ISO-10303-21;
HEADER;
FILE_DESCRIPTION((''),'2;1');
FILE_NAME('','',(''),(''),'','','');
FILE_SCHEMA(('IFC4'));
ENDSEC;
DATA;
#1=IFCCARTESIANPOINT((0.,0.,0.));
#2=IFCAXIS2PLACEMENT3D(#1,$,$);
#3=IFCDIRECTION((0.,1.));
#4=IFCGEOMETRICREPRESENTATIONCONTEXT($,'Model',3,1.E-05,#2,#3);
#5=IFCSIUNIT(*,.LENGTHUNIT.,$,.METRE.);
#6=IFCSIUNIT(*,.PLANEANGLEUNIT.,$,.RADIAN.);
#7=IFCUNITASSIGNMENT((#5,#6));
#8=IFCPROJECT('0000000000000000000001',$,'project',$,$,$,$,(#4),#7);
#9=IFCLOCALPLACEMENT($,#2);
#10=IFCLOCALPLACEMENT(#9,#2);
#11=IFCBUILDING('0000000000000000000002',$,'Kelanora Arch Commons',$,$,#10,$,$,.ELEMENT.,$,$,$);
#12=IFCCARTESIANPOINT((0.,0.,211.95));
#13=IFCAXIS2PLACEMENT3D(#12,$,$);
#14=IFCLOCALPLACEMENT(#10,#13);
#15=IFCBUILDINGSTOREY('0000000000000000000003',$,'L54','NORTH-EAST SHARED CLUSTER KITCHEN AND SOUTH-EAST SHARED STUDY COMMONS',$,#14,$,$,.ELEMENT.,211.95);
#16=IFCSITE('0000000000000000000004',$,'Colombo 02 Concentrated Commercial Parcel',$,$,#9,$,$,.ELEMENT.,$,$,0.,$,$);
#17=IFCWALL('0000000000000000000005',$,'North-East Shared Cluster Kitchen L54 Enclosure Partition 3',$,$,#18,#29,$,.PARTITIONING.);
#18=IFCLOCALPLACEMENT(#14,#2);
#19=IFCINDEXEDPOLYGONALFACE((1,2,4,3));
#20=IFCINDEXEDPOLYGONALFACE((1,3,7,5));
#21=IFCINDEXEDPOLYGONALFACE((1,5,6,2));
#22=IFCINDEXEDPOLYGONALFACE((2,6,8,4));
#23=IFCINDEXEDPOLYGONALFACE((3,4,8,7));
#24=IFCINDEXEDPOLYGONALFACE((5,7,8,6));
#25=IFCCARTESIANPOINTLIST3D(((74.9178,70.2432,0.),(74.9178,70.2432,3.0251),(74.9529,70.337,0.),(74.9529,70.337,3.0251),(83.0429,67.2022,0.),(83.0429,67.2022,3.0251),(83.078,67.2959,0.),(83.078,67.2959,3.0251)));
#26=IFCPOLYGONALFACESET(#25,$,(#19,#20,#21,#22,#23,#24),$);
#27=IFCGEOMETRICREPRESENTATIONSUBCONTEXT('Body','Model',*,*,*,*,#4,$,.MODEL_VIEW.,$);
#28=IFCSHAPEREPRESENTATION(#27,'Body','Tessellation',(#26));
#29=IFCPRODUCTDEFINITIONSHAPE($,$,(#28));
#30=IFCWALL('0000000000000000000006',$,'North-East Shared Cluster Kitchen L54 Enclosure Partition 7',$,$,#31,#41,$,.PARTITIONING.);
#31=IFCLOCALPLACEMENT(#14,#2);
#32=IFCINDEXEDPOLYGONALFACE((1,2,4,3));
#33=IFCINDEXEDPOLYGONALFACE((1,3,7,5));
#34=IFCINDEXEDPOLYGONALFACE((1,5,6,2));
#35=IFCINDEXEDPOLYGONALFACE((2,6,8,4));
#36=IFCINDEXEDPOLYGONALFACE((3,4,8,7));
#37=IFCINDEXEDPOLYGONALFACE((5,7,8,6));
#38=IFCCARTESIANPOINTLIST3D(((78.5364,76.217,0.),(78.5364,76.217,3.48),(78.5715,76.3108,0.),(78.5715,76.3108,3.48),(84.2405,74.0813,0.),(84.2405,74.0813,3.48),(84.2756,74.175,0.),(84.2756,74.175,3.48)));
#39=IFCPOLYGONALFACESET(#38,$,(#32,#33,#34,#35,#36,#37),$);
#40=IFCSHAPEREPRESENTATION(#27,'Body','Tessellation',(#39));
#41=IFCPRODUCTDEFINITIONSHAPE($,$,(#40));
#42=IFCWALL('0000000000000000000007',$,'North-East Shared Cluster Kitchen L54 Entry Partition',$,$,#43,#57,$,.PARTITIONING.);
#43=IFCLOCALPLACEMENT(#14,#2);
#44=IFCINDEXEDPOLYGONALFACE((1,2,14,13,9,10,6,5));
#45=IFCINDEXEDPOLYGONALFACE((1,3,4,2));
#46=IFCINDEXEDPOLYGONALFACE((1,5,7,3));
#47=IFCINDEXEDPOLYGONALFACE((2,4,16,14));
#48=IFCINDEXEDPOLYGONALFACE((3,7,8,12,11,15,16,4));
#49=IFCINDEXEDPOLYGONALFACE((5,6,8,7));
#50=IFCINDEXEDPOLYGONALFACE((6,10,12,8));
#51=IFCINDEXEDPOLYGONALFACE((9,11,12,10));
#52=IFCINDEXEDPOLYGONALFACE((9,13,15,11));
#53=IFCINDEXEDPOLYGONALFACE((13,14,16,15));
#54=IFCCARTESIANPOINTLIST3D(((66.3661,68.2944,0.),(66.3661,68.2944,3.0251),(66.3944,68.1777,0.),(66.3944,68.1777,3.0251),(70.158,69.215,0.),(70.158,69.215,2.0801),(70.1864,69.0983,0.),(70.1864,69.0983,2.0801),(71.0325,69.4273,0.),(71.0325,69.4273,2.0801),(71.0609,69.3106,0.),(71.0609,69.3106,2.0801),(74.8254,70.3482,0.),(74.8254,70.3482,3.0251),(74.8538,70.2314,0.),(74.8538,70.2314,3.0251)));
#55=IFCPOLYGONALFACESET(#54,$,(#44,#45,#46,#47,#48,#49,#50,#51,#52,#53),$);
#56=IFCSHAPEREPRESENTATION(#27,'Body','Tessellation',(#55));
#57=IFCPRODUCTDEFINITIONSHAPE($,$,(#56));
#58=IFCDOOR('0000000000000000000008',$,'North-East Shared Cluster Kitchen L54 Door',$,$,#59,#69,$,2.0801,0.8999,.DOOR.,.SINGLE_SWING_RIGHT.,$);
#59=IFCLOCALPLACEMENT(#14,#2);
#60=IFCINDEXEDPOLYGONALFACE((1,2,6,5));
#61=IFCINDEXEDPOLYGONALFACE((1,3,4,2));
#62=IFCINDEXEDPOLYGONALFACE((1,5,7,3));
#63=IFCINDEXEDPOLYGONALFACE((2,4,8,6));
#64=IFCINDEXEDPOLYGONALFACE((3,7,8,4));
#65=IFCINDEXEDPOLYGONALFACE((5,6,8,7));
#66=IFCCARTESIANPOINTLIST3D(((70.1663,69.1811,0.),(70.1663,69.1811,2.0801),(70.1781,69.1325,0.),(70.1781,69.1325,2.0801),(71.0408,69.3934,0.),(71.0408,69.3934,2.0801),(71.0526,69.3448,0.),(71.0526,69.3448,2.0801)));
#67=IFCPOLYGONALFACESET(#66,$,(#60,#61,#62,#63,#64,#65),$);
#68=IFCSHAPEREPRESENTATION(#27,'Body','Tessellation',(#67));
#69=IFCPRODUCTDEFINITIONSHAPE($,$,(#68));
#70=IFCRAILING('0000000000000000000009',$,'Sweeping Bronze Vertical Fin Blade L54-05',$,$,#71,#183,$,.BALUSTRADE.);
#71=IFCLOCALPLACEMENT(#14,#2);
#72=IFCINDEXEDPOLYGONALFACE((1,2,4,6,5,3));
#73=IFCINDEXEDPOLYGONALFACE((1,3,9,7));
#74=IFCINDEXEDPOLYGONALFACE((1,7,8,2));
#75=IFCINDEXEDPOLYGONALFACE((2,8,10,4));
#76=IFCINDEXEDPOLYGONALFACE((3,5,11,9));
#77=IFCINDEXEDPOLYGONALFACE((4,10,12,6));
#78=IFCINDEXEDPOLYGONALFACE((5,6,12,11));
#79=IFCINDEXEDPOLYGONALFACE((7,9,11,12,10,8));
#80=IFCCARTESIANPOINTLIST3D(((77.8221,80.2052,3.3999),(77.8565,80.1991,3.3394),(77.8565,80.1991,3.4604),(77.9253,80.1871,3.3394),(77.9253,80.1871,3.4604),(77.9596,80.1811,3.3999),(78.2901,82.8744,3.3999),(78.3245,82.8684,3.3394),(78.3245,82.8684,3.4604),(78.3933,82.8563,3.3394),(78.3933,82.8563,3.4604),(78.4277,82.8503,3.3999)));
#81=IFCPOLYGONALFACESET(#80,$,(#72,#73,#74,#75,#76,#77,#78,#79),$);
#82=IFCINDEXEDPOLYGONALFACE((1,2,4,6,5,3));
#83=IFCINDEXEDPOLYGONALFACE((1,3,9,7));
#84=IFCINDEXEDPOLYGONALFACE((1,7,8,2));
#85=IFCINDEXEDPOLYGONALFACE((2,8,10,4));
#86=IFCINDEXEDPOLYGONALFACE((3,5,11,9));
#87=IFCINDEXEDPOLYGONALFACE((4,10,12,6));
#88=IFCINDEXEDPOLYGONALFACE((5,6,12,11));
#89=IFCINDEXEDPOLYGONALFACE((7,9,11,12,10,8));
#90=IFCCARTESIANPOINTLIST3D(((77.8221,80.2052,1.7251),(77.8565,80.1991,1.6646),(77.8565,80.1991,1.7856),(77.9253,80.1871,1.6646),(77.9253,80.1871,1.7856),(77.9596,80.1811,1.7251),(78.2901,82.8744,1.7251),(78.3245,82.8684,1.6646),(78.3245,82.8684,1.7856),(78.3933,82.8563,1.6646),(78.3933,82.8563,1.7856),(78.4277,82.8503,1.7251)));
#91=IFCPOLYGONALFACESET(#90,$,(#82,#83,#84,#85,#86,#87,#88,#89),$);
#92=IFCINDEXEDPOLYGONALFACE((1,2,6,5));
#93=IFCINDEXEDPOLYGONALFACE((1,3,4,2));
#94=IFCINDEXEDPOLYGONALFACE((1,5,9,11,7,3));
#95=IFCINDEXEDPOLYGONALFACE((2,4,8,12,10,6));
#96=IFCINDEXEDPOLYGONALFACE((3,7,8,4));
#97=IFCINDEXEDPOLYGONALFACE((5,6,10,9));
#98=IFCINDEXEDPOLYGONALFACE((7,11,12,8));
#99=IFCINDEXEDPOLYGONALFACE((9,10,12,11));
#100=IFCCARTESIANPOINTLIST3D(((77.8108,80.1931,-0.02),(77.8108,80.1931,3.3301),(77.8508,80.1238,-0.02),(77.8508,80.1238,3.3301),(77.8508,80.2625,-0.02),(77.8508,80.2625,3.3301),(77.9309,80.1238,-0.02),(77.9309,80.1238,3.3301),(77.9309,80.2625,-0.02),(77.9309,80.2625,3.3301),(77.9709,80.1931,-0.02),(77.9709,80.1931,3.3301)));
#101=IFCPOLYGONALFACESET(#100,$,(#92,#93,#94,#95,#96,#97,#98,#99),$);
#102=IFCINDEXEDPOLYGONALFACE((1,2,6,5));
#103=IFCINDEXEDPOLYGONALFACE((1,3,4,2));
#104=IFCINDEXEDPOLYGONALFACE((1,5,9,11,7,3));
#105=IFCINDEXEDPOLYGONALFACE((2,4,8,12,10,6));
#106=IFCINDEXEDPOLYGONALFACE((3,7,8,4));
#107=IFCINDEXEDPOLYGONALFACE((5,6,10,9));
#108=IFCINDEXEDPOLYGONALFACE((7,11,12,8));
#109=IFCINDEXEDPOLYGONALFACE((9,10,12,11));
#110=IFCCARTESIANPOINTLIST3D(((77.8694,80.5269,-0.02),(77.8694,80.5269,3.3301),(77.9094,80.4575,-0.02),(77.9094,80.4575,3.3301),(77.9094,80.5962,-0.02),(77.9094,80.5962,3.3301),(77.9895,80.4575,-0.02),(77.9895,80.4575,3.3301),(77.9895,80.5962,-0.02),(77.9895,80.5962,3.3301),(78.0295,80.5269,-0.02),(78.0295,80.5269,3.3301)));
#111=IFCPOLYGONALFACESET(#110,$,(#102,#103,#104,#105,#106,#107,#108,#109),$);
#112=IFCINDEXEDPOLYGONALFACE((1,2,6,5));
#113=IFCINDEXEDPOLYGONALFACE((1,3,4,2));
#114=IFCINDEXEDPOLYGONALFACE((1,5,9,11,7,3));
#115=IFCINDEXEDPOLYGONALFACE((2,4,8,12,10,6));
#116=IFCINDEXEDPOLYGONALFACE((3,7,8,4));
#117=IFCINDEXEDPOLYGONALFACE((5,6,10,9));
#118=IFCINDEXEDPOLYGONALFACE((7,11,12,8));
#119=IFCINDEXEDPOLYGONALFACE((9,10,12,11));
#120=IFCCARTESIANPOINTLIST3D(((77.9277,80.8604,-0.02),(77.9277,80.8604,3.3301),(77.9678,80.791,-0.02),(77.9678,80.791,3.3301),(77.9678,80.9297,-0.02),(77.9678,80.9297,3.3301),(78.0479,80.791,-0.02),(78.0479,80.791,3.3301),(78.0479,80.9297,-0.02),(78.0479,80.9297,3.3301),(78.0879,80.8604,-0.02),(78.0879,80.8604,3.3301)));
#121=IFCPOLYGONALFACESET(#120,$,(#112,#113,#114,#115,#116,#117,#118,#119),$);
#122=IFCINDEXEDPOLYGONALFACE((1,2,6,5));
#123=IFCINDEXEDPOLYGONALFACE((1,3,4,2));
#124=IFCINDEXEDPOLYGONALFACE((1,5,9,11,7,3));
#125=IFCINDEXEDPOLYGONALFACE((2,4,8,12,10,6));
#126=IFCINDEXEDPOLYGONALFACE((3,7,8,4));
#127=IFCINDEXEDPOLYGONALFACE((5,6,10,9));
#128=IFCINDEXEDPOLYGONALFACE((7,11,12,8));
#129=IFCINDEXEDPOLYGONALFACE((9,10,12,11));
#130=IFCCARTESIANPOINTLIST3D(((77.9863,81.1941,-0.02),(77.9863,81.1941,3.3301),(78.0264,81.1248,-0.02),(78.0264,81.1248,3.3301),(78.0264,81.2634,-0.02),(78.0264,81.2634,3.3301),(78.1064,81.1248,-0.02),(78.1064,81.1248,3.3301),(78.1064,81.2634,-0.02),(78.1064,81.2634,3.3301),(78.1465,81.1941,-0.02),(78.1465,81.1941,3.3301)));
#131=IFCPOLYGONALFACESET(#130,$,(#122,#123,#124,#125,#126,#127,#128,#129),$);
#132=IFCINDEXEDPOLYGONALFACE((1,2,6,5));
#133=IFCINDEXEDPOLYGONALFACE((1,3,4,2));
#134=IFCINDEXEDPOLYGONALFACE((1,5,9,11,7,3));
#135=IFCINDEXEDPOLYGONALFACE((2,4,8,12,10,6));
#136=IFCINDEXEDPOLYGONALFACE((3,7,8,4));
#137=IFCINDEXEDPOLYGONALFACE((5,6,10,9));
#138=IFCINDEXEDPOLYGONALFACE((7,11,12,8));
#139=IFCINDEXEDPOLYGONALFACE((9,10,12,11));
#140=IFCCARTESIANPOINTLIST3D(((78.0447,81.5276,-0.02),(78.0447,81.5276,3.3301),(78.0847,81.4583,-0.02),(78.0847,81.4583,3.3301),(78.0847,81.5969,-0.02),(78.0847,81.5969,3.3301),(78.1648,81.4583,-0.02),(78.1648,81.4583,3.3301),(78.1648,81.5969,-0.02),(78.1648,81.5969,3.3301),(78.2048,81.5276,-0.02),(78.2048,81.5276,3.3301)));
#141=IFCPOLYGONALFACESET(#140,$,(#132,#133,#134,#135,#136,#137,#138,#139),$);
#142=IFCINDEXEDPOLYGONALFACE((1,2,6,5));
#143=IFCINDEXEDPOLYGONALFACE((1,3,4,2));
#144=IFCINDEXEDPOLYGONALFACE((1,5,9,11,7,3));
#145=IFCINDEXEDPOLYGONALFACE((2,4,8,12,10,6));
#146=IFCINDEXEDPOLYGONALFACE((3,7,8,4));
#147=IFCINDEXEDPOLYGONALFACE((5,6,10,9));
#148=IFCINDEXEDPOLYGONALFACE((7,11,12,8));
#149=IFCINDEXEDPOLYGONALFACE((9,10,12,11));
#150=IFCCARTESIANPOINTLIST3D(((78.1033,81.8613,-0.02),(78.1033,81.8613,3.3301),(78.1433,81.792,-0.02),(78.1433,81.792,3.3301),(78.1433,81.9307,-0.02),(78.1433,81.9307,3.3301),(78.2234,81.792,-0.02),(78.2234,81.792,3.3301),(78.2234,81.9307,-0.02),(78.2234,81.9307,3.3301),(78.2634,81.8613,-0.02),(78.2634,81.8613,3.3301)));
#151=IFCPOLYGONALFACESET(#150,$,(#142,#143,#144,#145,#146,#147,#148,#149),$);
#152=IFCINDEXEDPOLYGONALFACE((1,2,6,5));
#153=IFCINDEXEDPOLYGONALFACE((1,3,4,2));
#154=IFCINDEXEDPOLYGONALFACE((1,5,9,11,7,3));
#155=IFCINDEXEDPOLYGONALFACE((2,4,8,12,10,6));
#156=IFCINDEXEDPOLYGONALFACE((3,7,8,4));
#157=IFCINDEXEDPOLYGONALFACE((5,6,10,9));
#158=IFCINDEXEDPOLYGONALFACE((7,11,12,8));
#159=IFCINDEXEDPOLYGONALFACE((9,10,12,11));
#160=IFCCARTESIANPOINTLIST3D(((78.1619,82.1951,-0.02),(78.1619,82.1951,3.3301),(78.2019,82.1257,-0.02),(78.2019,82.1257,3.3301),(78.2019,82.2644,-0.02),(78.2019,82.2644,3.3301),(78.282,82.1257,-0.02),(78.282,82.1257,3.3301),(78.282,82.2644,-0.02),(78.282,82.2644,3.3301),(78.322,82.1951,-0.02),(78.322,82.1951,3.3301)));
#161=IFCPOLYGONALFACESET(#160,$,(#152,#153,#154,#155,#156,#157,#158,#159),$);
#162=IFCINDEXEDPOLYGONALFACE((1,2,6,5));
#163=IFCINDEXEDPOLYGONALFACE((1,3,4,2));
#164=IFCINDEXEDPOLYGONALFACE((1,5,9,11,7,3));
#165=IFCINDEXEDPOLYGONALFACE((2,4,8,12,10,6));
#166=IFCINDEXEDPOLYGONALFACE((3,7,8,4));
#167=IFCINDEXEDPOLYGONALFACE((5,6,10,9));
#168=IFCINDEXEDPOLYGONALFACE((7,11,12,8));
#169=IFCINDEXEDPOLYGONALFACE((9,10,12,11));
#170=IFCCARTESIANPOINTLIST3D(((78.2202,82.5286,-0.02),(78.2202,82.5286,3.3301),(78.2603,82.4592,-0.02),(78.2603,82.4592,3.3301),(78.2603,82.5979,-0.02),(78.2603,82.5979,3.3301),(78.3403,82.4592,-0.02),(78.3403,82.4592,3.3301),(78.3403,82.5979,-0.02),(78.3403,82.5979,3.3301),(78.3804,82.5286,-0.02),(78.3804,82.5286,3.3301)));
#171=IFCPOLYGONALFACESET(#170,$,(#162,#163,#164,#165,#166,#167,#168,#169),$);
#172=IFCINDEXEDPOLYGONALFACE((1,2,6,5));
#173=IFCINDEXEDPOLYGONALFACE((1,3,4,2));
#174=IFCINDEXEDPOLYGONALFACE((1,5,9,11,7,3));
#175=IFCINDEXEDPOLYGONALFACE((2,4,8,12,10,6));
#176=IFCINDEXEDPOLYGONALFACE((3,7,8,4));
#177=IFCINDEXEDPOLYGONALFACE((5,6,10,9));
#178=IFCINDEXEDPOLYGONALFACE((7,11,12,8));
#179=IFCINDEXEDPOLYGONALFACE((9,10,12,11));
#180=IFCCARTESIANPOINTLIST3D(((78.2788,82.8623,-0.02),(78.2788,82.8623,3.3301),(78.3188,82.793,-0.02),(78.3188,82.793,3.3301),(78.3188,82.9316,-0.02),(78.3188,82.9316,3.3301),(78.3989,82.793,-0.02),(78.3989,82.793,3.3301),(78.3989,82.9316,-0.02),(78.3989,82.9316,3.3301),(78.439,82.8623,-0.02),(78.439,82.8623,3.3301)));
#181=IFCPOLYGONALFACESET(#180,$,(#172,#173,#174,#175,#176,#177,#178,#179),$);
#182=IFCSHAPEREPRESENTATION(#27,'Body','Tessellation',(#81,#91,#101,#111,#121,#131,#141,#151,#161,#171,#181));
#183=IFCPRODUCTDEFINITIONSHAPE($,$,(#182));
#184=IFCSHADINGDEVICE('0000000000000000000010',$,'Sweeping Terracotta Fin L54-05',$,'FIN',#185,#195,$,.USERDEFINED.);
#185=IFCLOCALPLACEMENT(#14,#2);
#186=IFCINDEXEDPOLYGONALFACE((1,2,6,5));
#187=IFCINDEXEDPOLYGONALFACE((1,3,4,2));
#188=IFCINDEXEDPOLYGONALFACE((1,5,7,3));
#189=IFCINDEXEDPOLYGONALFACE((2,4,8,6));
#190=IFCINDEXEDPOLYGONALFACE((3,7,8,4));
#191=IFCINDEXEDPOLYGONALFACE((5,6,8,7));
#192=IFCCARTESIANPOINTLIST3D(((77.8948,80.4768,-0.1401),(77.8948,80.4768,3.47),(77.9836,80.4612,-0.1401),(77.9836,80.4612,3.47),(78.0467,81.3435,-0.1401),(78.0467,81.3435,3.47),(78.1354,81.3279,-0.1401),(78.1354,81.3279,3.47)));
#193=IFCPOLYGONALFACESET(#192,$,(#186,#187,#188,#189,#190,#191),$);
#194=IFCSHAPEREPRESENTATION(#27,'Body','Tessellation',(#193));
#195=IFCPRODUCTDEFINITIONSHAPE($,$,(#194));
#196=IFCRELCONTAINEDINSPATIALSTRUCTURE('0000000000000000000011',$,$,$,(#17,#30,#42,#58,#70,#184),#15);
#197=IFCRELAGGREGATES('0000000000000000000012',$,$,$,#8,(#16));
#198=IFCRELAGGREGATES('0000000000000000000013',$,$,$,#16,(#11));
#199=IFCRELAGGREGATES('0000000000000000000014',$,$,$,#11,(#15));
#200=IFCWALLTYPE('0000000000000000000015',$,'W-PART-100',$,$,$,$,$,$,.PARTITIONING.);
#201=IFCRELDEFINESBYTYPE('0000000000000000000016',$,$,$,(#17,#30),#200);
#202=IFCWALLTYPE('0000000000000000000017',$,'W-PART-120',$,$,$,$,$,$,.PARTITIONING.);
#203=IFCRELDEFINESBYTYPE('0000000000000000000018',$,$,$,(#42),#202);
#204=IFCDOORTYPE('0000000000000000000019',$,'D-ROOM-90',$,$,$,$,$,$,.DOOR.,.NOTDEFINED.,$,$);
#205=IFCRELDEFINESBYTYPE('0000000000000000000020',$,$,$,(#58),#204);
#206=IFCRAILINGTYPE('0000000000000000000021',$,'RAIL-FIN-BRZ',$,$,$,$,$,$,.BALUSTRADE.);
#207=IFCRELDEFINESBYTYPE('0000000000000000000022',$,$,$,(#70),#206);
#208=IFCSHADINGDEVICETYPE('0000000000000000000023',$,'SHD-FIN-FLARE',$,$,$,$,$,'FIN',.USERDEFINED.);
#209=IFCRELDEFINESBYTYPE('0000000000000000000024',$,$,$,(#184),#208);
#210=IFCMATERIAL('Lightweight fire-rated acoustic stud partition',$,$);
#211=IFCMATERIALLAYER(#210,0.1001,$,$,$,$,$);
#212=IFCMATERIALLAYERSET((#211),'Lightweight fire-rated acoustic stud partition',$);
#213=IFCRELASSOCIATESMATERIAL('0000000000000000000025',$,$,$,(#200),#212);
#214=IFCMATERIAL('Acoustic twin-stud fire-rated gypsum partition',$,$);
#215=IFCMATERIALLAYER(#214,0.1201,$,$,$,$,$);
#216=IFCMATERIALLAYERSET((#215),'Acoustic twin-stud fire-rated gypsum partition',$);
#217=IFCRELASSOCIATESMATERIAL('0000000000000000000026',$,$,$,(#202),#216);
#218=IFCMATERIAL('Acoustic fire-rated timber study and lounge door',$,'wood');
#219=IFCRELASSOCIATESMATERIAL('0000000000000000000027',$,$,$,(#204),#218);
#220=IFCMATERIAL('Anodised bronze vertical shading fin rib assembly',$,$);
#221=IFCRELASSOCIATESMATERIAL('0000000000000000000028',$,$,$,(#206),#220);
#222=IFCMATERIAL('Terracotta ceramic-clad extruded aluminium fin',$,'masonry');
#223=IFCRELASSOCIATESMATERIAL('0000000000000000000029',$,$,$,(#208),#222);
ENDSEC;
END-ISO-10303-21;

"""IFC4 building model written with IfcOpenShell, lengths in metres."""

from ifc_helpers import new_model, si_unit, direction, frame, frame_2d, origin, origin_2d, place, context, subcontext, project, spatial, polyline, rectangle, outline, extrude, source, transform, mapped, material, layer, layer_set, type_object, element, fill, save


model = new_model("IFC4")

# Units and contexts
model_context = context("Model", 3, precision=1e-05, world=origin(), true_north=direction((0.0, 1.0)))
body_context = subcontext(model_context, "Body", "Model", "MODEL_VIEW")
ifc_project = project(units=[si_unit("LENGTHUNIT", "METRE"), si_unit("PLANEANGLEUNIT", "RADIAN")], contexts=[model_context])

# Site, building, storey
site_placement = place(None, origin())
site = spatial("IfcSite", under=ifc_project, at=site_placement, Name="Colombo 02 Concentrated Commercial Parcel", CompositionType="ELEMENT", RefElevation=0.0)
building_placement = place(site_placement, origin())
building = spatial("IfcBuilding", under=site, at=building_placement, Name="Kelanora Arch Commons", CompositionType="ELEMENT")
storey_placement = place(building_placement, frame((0.0, 0.0, 211.95)))
storey = spatial("IfcBuildingStorey", under=building, at=storey_placement, Name="L54", Description="NORTH-EAST SHARED CLUSTER KITCHEN AND SOUTH-EAST SHARED STUDY COMMONS", CompositionType="ELEMENT", Elevation=211.95)

# Walls
ifc_material_1 = material(Name="Lightweight fire-rated acoustic stud partition")
ifc_layer_1 = layer(ifc_material_1, 0.1001)
ifc_layer_set_1 = layer_set([ifc_layer_1], Name="Lightweight fire-rated acoustic stud partition")
wall_type_1 = type_object("IfcWallType", Name="W-PART-100", PredefinedType="PARTITIONING", material=ifc_layer_set_1)
wall_1_placement = place(storey_placement, frame((83.0605, 67.249, 0.0), z_axis=(0.0, 0.0, 1.0), x_axis=(-0.936551, 0.350531, 0.0)))
element("IfcWall", 1, at=wall_1_placement, inside=storey, type_object=wall_type_1, Name="North-East Shared Cluster Kitchen L54 Enclosure Partition 3", PredefinedType="PARTITIONING", context=body_context, shape_type="SweptSolid", body=[
    extrude(rectangle(XDim=8.6755, YDim=0.1001, at=frame_2d((4.3379, 0.0))), origin(), (0.0, 0.0, 1.0), 3.0251),
])
wall_2_placement = place(storey_placement, frame((78.554, 76.2639, 0.0), z_axis=(0.0, 0.0, 1.0), x_axis=(0.936507, -0.350649, 0.0)))
element("IfcWall", 2, at=wall_2_placement, inside=storey, type_object=wall_type_1, Name="North-East Shared Cluster Kitchen L54 Enclosure Partition 7", PredefinedType="PARTITIONING", context=body_context, shape_type="SweptSolid", body=[
    extrude(rectangle(XDim=6.0908, YDim=0.1001, at=frame_2d((3.0454, 0.0))), origin(), (0.0, 0.0, 1.0), 3.48),
])

# Wall, opening, door
ifc_material_2 = material(Name="Acoustic twin-stud fire-rated gypsum partition")
ifc_layer_2 = layer(ifc_material_2, 0.1201)
ifc_layer_set_2 = layer_set([ifc_layer_2], Name="Acoustic twin-stud fire-rated gypsum partition")
wall_type_2 = type_object("IfcWallType", Name="W-PART-120", PredefinedType="PARTITIONING", material=ifc_layer_set_2)
wall_3_placement = place(storey_placement, frame((74.8396, 70.2898, 0.0), z_axis=(0.0, 0.0, 1.0), x_axis=(-0.971771, -0.235924, 0.0)))
wall_3 = element("IfcWall", 3, at=wall_3_placement, inside=storey, type_object=wall_type_2, Name="North-East Shared Cluster Kitchen L54 Entry Partition", PredefinedType="PARTITIONING", context=body_context, shape_type="SweptSolid", body=[
    extrude(rectangle(XDim=8.7051, YDim=0.1201, at=frame_2d((4.3525, 0.0))), origin(), (0.0, 0.0, 1.0), 3.0251),
])
opening_1_placement = place(wall_3_placement, frame((3.9031, 0.0, 0.0)))
opening_1 = element("IfcOpeningElement", 4, at=opening_1_placement, cuts=wall_3, PredefinedType="OPENING", context=body_context, shape_type="SweptSolid", body=[
    extrude(rectangle(XDim=0.8999, YDim=2.0801, at=frame_2d((0.45, 1.04))), frame((0.0, 0.0701, 0.0), z_axis=(0.0, -1.0, 0.0), x_axis=(1.0, 0.0, 0.0)), (0.0, 0.0, 1.0), 0.1401),
])
ifc_material_3 = material(Name="Acoustic fire-rated timber study and lounge door", Category="wood")
door_type_1 = type_object("IfcDoorType", Name="D-ROOM-90", OperationType="NOTDEFINED", PredefinedType="DOOR", material=ifc_material_3)
door_1_placement = place(opening_1_placement, origin())
door_1 = element("IfcDoor", 5, at=door_1_placement, inside=storey, type_object=door_type_1, Name="North-East Shared Cluster Kitchen L54 Door", OperationType="SINGLE_SWING_RIGHT", OverallHeight=2.0801, OverallWidth=0.8999, PredefinedType="DOOR", context=body_context, shape_type="SweptSolid", body=[
    extrude(rectangle(XDim=0.8999, YDim=2.0801, at=frame_2d((0.45, 1.04))), frame((0.0, 0.0249, 0.0), z_axis=(0.0, -1.0, 0.0), x_axis=(1.0, 0.0, 0.0)), (0.0, 0.0, 1.0), 0.05),
])
fill(opening_1, door_1)

# Railing
ifc_material_4 = material(Name="Anodised bronze vertical shading fin rib assembly")
railing_type = type_object("IfcRailingType", Name="RAIL-FIN-BRZ", PredefinedType="BALUSTRADE", material=ifc_material_4)
railing_placement = place(storey_placement, frame((77.8909, 80.1931, -0.02)))
element("IfcRailing", 6, at=railing_placement, inside=storey, type_object=railing_type, Name="Sweeping Bronze Vertical Fin Blade L54-05", PredefinedType="BALUSTRADE", context=body_context, shape_type="SweptSolid", body=[
    extrude(outline(polyline([(0.0698, 0.0), (0.0349, 0.0605), (-0.0349, 0.0605), (-0.0698, 0.0), (-0.0349, -0.0605), (0.0349, -0.0605), (0.0698, 0.0)])), frame((0.0, 0.0, 3.4199), z_axis=(0.172706, 0.984973, 0.0), x_axis=(-0.984973, 0.172706, 0.0)), (0.0, 0.0, 1.0), 2.71),
    extrude(outline(polyline([(0.0698, 0.0), (0.0349, 0.0605), (-0.0349, 0.0605), (-0.0698, 0.0), (-0.0349, -0.0605), (0.0349, -0.0605), (0.0698, 0.0)])), frame((0.0, 0.0, 1.7451), z_axis=(0.172706, 0.984973, 0.0), x_axis=(-0.984973, 0.172706, 0.0)), (0.0, 0.0, 1.0), 2.71),
    extrude(outline(polyline([(0.0801, 0.0), (0.04, 0.0693), (-0.04, 0.0693), (-0.0801, 0.0), (-0.04, -0.0693), (0.04, -0.0693), (0.0801, 0.0)])), origin(), (0.0, 0.0, 1.0), 3.3501),
    extrude(outline(polyline([(0.0801, 0.0), (0.04, 0.0693), (-0.04, 0.0693), (-0.0801, 0.0), (-0.04, -0.0693), (0.04, -0.0693), (0.0801, 0.0)])), frame((0.0586, 0.3337, 0.0)), (0.0, 0.0, 1.0), 3.3501),
    extrude(outline(polyline([(0.0801, 0.0), (0.04, 0.0693), (-0.04, 0.0693), (-0.0801, 0.0), (-0.04, -0.0693), (0.04, -0.0693), (0.0801, 0.0)])), frame((0.1169, 0.6672, 0.0)), (0.0, 0.0, 1.0), 3.3501),
    extrude(outline(polyline([(0.0801, 0.0), (0.04, 0.0693), (-0.04, 0.0693), (-0.0801, 0.0), (-0.04, -0.0693), (0.04, -0.0693), (0.0801, 0.0)])), frame((0.1755, 1.001, 0.0)), (0.0, 0.0, 1.0), 3.3501),
    extrude(outline(polyline([(0.0801, 0.0), (0.04, 0.0693), (-0.04, 0.0693), (-0.0801, 0.0), (-0.04, -0.0693), (0.04, -0.0693), (0.0801, 0.0)])), frame((0.2339, 1.3345, 0.0)), (0.0, 0.0, 1.0), 3.3501),
    extrude(outline(polyline([(0.0801, 0.0), (0.04, 0.0693), (-0.04, 0.0693), (-0.0801, 0.0), (-0.04, -0.0693), (0.04, -0.0693), (0.0801, 0.0)])), frame((0.2925, 1.6682, 0.0)), (0.0, 0.0, 1.0), 3.3501),
    extrude(outline(polyline([(0.0801, 0.0), (0.04, 0.0693), (-0.04, 0.0693), (-0.0801, 0.0), (-0.04, -0.0693), (0.04, -0.0693), (0.0801, 0.0)])), frame((0.3511, 2.002, 0.0)), (0.0, 0.0, 1.0), 3.3501),
    extrude(outline(polyline([(0.0801, 0.0), (0.04, 0.0693), (-0.04, 0.0693), (-0.0801, 0.0), (-0.04, -0.0693), (0.04, -0.0693), (0.0801, 0.0)])), frame((0.4094, 2.3354, 0.0)), (0.0, 0.0, 1.0), 3.3501),
    extrude(outline(polyline([(0.0801, 0.0), (0.04, 0.0693), (-0.04, 0.0693), (-0.0801, 0.0), (-0.04, -0.0693), (0.04, -0.0693), (0.0801, 0.0)])), frame((0.468, 2.6692, 0.0)), (0.0, 0.0, 1.0), 3.3501),
])

# Shading device
ifc_material_5 = material(Name="Terracotta ceramic-clad extruded aluminium fin", Category="masonry")
shading_device_type = type_object("IfcShadingDeviceType", Name="SHD-FIN-FLARE", ElementType="FIN", PredefinedType="USERDEFINED", material=ifc_material_5)
shared_shape_1 = source(origin(), body_context, "Body", "SweptSolid", [
    extrude(rectangle(XDim=0.8799, YDim=0.0901, at=origin_2d()), origin(), (0.0, 0.0, 1.0), 3.6101),
])
shading_device_placement = place(storey_placement, frame((78.0151, 80.9023, -0.1401), z_axis=(0.0, 0.0, 1.0), x_axis=(0.172617, 0.984989, 0.0)))
element("IfcShadingDevice", 7, at=shading_device_placement, inside=storey, type_object=shading_device_type, Name="Sweeping Terracotta Fin L54-05", ObjectType="FIN", PredefinedType="USERDEFINED", context=body_context, shape_type="MappedRepresentation", body=[
    mapped(shared_shape_1, transform((0.0, 0.0, 0.0), scale=1.0)),
])

save(model, "model.ifc")
